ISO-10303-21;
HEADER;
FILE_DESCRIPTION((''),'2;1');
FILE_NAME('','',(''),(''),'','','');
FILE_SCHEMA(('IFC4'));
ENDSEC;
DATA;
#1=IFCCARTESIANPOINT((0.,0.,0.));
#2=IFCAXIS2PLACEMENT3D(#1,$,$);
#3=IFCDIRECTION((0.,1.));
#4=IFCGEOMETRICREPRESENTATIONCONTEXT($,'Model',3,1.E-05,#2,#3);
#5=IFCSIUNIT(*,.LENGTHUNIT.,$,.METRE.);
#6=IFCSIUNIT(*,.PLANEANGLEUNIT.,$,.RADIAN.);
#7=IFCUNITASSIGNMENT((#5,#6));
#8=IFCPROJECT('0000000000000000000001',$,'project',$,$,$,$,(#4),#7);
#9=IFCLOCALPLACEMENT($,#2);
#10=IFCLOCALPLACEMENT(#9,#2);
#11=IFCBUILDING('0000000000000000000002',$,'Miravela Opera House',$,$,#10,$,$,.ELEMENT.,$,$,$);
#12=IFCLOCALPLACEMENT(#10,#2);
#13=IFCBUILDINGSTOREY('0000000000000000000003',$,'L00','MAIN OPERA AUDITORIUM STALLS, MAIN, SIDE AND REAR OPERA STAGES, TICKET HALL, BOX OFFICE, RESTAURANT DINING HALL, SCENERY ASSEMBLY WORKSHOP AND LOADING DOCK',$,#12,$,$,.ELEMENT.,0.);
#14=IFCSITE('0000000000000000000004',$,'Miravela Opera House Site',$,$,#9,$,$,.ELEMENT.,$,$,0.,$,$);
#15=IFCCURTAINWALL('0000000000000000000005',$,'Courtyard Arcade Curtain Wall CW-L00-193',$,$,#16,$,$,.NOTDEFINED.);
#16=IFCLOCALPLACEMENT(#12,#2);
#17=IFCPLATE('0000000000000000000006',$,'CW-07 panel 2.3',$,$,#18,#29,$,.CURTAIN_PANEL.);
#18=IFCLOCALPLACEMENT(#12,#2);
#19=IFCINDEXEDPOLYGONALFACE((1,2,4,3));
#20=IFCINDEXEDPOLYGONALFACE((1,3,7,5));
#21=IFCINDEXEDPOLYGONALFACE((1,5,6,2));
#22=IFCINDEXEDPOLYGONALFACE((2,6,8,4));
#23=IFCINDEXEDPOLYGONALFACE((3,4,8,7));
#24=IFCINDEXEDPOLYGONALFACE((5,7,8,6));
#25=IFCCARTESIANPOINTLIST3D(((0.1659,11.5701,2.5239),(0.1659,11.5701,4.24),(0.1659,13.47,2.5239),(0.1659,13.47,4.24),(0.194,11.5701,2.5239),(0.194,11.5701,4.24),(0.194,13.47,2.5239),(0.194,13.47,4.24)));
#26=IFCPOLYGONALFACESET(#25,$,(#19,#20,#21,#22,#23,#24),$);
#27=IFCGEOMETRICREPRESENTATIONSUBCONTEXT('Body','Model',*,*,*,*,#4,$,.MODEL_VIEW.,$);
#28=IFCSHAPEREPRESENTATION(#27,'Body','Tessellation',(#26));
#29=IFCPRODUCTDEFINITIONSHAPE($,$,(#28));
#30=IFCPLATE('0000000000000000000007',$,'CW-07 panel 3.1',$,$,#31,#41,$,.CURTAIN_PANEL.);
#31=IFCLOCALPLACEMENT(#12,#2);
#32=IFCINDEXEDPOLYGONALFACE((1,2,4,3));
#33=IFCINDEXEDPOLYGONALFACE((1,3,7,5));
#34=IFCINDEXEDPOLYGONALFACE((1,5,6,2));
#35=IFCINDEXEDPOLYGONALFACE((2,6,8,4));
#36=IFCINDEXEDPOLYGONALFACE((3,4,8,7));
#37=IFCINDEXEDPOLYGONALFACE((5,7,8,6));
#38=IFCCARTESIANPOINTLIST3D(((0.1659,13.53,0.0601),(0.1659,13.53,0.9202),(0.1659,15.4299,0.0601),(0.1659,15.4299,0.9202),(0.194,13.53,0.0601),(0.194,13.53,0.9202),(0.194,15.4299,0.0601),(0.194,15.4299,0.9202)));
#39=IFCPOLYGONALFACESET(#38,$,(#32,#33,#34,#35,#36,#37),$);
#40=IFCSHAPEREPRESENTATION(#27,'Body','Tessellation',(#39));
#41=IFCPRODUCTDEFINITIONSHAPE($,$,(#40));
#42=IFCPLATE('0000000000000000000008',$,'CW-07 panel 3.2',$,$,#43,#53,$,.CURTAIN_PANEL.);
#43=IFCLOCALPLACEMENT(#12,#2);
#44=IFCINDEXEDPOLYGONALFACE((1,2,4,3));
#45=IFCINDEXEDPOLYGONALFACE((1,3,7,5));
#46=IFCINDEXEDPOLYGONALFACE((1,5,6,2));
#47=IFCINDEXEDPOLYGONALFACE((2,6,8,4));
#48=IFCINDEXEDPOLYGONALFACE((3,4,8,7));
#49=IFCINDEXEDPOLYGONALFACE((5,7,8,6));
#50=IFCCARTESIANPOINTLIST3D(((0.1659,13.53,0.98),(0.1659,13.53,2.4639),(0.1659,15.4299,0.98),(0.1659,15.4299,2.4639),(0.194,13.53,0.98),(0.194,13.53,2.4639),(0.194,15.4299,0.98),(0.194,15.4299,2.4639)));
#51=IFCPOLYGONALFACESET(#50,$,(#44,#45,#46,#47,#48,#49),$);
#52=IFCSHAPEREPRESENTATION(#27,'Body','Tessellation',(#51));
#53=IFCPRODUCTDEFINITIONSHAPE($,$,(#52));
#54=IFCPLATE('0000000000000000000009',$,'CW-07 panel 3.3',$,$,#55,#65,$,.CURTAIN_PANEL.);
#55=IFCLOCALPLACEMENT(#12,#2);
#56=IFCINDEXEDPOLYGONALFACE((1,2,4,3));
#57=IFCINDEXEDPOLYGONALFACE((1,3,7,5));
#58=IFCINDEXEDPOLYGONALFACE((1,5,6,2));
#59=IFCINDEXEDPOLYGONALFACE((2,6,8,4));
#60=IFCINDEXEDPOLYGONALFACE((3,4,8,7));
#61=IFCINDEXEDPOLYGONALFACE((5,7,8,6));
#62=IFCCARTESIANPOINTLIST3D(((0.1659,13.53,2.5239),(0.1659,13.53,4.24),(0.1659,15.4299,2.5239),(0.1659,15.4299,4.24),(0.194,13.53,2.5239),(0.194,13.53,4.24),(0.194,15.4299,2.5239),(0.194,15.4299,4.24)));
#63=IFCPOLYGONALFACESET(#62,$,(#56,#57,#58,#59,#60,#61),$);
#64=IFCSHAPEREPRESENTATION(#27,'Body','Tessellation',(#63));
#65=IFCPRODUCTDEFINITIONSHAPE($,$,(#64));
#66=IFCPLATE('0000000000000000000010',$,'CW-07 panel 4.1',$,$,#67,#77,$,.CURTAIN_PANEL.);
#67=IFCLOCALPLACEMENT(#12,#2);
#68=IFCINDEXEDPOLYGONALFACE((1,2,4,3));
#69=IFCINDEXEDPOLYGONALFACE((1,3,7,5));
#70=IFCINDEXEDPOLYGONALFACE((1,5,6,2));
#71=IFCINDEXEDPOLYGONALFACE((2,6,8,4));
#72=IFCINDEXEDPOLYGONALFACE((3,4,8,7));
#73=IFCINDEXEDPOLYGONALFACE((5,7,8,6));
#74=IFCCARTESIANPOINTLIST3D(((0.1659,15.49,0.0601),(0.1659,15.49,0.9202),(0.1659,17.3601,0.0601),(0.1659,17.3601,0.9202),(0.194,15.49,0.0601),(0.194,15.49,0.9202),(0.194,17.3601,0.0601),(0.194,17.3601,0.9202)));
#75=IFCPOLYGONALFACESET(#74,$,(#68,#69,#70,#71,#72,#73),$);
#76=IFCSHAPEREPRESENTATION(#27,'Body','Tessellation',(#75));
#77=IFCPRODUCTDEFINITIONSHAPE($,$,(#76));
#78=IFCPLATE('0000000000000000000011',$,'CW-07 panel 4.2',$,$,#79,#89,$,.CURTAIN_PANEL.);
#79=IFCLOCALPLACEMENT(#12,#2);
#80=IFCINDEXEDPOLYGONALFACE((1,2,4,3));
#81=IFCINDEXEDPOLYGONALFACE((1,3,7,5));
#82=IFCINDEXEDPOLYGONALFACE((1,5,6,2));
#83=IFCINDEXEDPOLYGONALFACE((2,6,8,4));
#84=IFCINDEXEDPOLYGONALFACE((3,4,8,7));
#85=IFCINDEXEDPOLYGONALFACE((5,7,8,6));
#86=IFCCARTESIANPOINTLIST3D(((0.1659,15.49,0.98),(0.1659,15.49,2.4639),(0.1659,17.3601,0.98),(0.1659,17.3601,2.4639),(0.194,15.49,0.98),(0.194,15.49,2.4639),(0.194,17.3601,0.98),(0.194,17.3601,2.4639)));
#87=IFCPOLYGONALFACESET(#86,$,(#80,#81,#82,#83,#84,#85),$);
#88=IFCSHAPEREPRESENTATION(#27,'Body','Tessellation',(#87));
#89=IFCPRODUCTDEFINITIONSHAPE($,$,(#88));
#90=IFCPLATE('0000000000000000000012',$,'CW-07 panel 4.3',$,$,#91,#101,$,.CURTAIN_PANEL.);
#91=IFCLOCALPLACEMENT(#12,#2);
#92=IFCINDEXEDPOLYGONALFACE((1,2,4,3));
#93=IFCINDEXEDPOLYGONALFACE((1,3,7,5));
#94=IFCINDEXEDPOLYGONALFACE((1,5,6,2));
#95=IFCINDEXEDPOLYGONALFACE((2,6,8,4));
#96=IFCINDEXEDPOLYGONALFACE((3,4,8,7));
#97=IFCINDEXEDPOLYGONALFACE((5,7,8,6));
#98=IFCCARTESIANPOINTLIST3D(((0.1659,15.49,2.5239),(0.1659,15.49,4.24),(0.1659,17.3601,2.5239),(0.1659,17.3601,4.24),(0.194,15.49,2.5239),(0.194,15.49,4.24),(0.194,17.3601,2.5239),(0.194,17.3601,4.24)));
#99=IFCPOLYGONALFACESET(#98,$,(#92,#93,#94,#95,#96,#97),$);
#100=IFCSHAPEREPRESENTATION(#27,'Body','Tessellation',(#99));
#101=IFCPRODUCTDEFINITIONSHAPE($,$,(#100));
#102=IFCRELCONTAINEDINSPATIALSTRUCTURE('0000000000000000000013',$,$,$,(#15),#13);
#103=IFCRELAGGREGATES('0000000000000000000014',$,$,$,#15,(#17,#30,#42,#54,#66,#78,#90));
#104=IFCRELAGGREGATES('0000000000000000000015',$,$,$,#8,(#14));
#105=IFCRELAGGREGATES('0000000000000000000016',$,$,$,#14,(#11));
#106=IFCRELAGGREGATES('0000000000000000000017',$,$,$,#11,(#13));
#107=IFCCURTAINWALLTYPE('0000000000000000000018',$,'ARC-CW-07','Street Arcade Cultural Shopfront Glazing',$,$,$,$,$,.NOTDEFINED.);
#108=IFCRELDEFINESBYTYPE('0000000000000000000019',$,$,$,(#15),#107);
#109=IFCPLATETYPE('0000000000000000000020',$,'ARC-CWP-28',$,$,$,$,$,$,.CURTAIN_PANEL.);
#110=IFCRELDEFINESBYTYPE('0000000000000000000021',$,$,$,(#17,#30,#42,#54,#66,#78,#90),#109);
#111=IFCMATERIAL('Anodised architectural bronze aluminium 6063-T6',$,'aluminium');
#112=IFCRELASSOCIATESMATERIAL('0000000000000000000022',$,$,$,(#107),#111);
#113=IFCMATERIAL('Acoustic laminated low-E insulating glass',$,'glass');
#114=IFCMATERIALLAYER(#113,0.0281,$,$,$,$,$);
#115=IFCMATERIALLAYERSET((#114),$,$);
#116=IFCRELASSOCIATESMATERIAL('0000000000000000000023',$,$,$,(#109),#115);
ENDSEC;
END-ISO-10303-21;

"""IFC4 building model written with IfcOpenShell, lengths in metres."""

from ifc_helpers import new_model, si_unit, direction, frame, origin, origin_2d, place, context, subcontext, project, spatial, rectangle, extrude, material, layer, layer_set, type_object, element, aggregate, save


model = new_model("IFC4")

# Units and contexts
model_context = context("Model", 3, precision=1e-05, world=origin(), true_north=direction((0.0, 1.0)))
body_context = subcontext(model_context, "Body", "Model", "MODEL_VIEW")
ifc_project = project(units=[si_unit("LENGTHUNIT", "METRE"), si_unit("PLANEANGLEUNIT", "RADIAN")], contexts=[model_context])

# Site, building, storey
site_placement = place(None, origin())
site = spatial("IfcSite", under=ifc_project, at=site_placement, Name="Miravela Opera House Site", CompositionType="ELEMENT", RefElevation=0.0)
building_placement = place(site_placement, origin())
building = spatial("IfcBuilding", under=site, at=building_placement, Name="Miravela Opera House", CompositionType="ELEMENT")
storey_placement = place(building_placement, origin())
storey = spatial("IfcBuildingStorey", under=building, at=storey_placement, Name="L00", Description="MAIN OPERA AUDITORIUM STALLS, MAIN, SIDE AND REAR OPERA STAGES, TICKET HALL, BOX OFFICE, RESTAURANT DINING HALL, SCENERY ASSEMBLY WORKSHOP AND LOADING DOCK", CompositionType="ELEMENT", Elevation=0.0)

# Curtain wall
ifc_material_1 = material(Name="Anodised architectural bronze aluminium 6063-T6", Category="aluminium")
curtain_wall_type = type_object("IfcCurtainWallType", Name="ARC-CW-07", Description="Street Arcade Cultural Shopfront Glazing", PredefinedType="NOTDEFINED", material=ifc_material_1)
curtain_wall_placement = place(storey_placement, origin())
curtain_wall = element("IfcCurtainWall", 1, at=curtain_wall_placement, inside=storey, type_object=curtain_wall_type, Name="Courtyard Arcade Curtain Wall CW-L00-193", PredefinedType="NOTDEFINED")

# Plates
ifc_material_2 = material(Name="Acoustic laminated low-E insulating glass", Category="glass")
ifc_layer = layer(ifc_material_2, 0.0281)
ifc_layer_set = layer_set([ifc_layer])
plate_type = type_object("IfcPlateType", Name="ARC-CWP-28", PredefinedType="CURTAIN_PANEL", material=ifc_layer_set)
plate_1_placement = place(storey_placement, frame((0.1799, 12.52, 2.5239), z_axis=(0.0, 0.0, 1.0), x_axis=(0.0, 1.0, 0.0)))
plate_1 = element("IfcPlate", 2, at=plate_1_placement, type_object=plate_type, Name="CW-07 panel 2.3", PredefinedType="CURTAIN_PANEL", context=body_context, shape_type="SweptSolid", body=[
    extrude(rectangle(XDim=1.8999, YDim=0.0281, at=origin_2d()), origin(), (0.0, 0.0, 1.0), 1.7161),
])
plate_2_placement = place(storey_placement, frame((0.1799, 14.48, 0.0601), z_axis=(0.0, 0.0, 1.0), x_axis=(0.0, 1.0, 0.0)))
plate_2 = element("IfcPlate", 3, at=plate_2_placement, type_object=plate_type, Name="CW-07 panel 3.1", PredefinedType="CURTAIN_PANEL", context=body_context, shape_type="SweptSolid", body=[
    extrude(rectangle(XDim=1.8999, YDim=0.0281, at=origin_2d()), origin(), (0.0, 0.0, 1.0), 0.8601),
])
plate_3_placement = place(storey_placement, frame((0.1799, 14.48, 0.98), z_axis=(0.0, 0.0, 1.0), x_axis=(0.0, 1.0, 0.0)))
plate_3 = element("IfcPlate", 4, at=plate_3_placement, type_object=plate_type, Name="CW-07 panel 3.2", PredefinedType="CURTAIN_PANEL", context=body_context, shape_type="SweptSolid", body=[
    extrude(rectangle(XDim=1.8999, YDim=0.0281, at=origin_2d()), origin(), (0.0, 0.0, 1.0), 1.4839),
])
plate_4_placement = place(storey_placement, frame((0.1799, 14.48, 2.5239), z_axis=(0.0, 0.0, 1.0), x_axis=(0.0, 1.0, 0.0)))
plate_4 = element("IfcPlate", 5, at=plate_4_placement, type_object=plate_type, Name="CW-07 panel 3.3", PredefinedType="CURTAIN_PANEL", context=body_context, shape_type="SweptSolid", body=[
    extrude(rectangle(XDim=1.8999, YDim=0.0281, at=origin_2d()), origin(), (0.0, 0.0, 1.0), 1.7161),
])
plate_5_placement = place(storey_placement, frame((0.1799, 16.425, 0.0601), z_axis=(0.0, 0.0, 1.0), x_axis=(0.0, 1.0, 0.0)))
plate_5 = element("IfcPlate", 6, at=plate_5_placement, type_object=plate_type, Name="CW-07 panel 4.1", PredefinedType="CURTAIN_PANEL", context=body_context, shape_type="SweptSolid", body=[
    extrude(rectangle(XDim=1.8701, YDim=0.0281, at=origin_2d()), origin(), (0.0, 0.0, 1.0), 0.8601),
])
plate_6_placement = place(storey_placement, frame((0.1799, 16.425, 0.98), z_axis=(0.0, 0.0, 1.0), x_axis=(0.0, 1.0, 0.0)))
plate_6 = element("IfcPlate", 7, at=plate_6_placement, type_object=plate_type, Name="CW-07 panel 4.2", PredefinedType="CURTAIN_PANEL", context=body_context, shape_type="SweptSolid", body=[
    extrude(rectangle(XDim=1.8701, YDim=0.0281, at=origin_2d()), origin(), (0.0, 0.0, 1.0), 1.4839),
])
plate_7_placement = place(storey_placement, frame((0.1799, 16.425, 2.5239), z_axis=(0.0, 0.0, 1.0), x_axis=(0.0, 1.0, 0.0)))
plate_7 = element("IfcPlate", 8, at=plate_7_placement, type_object=plate_type, Name="CW-07 panel 4.3", PredefinedType="CURTAIN_PANEL", context=body_context, shape_type="SweptSolid", body=[
    extrude(rectangle(XDim=1.8701, YDim=0.0281, at=origin_2d()), origin(), (0.0, 0.0, 1.0), 1.7161),
])
aggregate(curtain_wall, [plate_1, plate_2, plate_3, plate_4, plate_5, plate_6, plate_7])

save(model, "model.ifc")
